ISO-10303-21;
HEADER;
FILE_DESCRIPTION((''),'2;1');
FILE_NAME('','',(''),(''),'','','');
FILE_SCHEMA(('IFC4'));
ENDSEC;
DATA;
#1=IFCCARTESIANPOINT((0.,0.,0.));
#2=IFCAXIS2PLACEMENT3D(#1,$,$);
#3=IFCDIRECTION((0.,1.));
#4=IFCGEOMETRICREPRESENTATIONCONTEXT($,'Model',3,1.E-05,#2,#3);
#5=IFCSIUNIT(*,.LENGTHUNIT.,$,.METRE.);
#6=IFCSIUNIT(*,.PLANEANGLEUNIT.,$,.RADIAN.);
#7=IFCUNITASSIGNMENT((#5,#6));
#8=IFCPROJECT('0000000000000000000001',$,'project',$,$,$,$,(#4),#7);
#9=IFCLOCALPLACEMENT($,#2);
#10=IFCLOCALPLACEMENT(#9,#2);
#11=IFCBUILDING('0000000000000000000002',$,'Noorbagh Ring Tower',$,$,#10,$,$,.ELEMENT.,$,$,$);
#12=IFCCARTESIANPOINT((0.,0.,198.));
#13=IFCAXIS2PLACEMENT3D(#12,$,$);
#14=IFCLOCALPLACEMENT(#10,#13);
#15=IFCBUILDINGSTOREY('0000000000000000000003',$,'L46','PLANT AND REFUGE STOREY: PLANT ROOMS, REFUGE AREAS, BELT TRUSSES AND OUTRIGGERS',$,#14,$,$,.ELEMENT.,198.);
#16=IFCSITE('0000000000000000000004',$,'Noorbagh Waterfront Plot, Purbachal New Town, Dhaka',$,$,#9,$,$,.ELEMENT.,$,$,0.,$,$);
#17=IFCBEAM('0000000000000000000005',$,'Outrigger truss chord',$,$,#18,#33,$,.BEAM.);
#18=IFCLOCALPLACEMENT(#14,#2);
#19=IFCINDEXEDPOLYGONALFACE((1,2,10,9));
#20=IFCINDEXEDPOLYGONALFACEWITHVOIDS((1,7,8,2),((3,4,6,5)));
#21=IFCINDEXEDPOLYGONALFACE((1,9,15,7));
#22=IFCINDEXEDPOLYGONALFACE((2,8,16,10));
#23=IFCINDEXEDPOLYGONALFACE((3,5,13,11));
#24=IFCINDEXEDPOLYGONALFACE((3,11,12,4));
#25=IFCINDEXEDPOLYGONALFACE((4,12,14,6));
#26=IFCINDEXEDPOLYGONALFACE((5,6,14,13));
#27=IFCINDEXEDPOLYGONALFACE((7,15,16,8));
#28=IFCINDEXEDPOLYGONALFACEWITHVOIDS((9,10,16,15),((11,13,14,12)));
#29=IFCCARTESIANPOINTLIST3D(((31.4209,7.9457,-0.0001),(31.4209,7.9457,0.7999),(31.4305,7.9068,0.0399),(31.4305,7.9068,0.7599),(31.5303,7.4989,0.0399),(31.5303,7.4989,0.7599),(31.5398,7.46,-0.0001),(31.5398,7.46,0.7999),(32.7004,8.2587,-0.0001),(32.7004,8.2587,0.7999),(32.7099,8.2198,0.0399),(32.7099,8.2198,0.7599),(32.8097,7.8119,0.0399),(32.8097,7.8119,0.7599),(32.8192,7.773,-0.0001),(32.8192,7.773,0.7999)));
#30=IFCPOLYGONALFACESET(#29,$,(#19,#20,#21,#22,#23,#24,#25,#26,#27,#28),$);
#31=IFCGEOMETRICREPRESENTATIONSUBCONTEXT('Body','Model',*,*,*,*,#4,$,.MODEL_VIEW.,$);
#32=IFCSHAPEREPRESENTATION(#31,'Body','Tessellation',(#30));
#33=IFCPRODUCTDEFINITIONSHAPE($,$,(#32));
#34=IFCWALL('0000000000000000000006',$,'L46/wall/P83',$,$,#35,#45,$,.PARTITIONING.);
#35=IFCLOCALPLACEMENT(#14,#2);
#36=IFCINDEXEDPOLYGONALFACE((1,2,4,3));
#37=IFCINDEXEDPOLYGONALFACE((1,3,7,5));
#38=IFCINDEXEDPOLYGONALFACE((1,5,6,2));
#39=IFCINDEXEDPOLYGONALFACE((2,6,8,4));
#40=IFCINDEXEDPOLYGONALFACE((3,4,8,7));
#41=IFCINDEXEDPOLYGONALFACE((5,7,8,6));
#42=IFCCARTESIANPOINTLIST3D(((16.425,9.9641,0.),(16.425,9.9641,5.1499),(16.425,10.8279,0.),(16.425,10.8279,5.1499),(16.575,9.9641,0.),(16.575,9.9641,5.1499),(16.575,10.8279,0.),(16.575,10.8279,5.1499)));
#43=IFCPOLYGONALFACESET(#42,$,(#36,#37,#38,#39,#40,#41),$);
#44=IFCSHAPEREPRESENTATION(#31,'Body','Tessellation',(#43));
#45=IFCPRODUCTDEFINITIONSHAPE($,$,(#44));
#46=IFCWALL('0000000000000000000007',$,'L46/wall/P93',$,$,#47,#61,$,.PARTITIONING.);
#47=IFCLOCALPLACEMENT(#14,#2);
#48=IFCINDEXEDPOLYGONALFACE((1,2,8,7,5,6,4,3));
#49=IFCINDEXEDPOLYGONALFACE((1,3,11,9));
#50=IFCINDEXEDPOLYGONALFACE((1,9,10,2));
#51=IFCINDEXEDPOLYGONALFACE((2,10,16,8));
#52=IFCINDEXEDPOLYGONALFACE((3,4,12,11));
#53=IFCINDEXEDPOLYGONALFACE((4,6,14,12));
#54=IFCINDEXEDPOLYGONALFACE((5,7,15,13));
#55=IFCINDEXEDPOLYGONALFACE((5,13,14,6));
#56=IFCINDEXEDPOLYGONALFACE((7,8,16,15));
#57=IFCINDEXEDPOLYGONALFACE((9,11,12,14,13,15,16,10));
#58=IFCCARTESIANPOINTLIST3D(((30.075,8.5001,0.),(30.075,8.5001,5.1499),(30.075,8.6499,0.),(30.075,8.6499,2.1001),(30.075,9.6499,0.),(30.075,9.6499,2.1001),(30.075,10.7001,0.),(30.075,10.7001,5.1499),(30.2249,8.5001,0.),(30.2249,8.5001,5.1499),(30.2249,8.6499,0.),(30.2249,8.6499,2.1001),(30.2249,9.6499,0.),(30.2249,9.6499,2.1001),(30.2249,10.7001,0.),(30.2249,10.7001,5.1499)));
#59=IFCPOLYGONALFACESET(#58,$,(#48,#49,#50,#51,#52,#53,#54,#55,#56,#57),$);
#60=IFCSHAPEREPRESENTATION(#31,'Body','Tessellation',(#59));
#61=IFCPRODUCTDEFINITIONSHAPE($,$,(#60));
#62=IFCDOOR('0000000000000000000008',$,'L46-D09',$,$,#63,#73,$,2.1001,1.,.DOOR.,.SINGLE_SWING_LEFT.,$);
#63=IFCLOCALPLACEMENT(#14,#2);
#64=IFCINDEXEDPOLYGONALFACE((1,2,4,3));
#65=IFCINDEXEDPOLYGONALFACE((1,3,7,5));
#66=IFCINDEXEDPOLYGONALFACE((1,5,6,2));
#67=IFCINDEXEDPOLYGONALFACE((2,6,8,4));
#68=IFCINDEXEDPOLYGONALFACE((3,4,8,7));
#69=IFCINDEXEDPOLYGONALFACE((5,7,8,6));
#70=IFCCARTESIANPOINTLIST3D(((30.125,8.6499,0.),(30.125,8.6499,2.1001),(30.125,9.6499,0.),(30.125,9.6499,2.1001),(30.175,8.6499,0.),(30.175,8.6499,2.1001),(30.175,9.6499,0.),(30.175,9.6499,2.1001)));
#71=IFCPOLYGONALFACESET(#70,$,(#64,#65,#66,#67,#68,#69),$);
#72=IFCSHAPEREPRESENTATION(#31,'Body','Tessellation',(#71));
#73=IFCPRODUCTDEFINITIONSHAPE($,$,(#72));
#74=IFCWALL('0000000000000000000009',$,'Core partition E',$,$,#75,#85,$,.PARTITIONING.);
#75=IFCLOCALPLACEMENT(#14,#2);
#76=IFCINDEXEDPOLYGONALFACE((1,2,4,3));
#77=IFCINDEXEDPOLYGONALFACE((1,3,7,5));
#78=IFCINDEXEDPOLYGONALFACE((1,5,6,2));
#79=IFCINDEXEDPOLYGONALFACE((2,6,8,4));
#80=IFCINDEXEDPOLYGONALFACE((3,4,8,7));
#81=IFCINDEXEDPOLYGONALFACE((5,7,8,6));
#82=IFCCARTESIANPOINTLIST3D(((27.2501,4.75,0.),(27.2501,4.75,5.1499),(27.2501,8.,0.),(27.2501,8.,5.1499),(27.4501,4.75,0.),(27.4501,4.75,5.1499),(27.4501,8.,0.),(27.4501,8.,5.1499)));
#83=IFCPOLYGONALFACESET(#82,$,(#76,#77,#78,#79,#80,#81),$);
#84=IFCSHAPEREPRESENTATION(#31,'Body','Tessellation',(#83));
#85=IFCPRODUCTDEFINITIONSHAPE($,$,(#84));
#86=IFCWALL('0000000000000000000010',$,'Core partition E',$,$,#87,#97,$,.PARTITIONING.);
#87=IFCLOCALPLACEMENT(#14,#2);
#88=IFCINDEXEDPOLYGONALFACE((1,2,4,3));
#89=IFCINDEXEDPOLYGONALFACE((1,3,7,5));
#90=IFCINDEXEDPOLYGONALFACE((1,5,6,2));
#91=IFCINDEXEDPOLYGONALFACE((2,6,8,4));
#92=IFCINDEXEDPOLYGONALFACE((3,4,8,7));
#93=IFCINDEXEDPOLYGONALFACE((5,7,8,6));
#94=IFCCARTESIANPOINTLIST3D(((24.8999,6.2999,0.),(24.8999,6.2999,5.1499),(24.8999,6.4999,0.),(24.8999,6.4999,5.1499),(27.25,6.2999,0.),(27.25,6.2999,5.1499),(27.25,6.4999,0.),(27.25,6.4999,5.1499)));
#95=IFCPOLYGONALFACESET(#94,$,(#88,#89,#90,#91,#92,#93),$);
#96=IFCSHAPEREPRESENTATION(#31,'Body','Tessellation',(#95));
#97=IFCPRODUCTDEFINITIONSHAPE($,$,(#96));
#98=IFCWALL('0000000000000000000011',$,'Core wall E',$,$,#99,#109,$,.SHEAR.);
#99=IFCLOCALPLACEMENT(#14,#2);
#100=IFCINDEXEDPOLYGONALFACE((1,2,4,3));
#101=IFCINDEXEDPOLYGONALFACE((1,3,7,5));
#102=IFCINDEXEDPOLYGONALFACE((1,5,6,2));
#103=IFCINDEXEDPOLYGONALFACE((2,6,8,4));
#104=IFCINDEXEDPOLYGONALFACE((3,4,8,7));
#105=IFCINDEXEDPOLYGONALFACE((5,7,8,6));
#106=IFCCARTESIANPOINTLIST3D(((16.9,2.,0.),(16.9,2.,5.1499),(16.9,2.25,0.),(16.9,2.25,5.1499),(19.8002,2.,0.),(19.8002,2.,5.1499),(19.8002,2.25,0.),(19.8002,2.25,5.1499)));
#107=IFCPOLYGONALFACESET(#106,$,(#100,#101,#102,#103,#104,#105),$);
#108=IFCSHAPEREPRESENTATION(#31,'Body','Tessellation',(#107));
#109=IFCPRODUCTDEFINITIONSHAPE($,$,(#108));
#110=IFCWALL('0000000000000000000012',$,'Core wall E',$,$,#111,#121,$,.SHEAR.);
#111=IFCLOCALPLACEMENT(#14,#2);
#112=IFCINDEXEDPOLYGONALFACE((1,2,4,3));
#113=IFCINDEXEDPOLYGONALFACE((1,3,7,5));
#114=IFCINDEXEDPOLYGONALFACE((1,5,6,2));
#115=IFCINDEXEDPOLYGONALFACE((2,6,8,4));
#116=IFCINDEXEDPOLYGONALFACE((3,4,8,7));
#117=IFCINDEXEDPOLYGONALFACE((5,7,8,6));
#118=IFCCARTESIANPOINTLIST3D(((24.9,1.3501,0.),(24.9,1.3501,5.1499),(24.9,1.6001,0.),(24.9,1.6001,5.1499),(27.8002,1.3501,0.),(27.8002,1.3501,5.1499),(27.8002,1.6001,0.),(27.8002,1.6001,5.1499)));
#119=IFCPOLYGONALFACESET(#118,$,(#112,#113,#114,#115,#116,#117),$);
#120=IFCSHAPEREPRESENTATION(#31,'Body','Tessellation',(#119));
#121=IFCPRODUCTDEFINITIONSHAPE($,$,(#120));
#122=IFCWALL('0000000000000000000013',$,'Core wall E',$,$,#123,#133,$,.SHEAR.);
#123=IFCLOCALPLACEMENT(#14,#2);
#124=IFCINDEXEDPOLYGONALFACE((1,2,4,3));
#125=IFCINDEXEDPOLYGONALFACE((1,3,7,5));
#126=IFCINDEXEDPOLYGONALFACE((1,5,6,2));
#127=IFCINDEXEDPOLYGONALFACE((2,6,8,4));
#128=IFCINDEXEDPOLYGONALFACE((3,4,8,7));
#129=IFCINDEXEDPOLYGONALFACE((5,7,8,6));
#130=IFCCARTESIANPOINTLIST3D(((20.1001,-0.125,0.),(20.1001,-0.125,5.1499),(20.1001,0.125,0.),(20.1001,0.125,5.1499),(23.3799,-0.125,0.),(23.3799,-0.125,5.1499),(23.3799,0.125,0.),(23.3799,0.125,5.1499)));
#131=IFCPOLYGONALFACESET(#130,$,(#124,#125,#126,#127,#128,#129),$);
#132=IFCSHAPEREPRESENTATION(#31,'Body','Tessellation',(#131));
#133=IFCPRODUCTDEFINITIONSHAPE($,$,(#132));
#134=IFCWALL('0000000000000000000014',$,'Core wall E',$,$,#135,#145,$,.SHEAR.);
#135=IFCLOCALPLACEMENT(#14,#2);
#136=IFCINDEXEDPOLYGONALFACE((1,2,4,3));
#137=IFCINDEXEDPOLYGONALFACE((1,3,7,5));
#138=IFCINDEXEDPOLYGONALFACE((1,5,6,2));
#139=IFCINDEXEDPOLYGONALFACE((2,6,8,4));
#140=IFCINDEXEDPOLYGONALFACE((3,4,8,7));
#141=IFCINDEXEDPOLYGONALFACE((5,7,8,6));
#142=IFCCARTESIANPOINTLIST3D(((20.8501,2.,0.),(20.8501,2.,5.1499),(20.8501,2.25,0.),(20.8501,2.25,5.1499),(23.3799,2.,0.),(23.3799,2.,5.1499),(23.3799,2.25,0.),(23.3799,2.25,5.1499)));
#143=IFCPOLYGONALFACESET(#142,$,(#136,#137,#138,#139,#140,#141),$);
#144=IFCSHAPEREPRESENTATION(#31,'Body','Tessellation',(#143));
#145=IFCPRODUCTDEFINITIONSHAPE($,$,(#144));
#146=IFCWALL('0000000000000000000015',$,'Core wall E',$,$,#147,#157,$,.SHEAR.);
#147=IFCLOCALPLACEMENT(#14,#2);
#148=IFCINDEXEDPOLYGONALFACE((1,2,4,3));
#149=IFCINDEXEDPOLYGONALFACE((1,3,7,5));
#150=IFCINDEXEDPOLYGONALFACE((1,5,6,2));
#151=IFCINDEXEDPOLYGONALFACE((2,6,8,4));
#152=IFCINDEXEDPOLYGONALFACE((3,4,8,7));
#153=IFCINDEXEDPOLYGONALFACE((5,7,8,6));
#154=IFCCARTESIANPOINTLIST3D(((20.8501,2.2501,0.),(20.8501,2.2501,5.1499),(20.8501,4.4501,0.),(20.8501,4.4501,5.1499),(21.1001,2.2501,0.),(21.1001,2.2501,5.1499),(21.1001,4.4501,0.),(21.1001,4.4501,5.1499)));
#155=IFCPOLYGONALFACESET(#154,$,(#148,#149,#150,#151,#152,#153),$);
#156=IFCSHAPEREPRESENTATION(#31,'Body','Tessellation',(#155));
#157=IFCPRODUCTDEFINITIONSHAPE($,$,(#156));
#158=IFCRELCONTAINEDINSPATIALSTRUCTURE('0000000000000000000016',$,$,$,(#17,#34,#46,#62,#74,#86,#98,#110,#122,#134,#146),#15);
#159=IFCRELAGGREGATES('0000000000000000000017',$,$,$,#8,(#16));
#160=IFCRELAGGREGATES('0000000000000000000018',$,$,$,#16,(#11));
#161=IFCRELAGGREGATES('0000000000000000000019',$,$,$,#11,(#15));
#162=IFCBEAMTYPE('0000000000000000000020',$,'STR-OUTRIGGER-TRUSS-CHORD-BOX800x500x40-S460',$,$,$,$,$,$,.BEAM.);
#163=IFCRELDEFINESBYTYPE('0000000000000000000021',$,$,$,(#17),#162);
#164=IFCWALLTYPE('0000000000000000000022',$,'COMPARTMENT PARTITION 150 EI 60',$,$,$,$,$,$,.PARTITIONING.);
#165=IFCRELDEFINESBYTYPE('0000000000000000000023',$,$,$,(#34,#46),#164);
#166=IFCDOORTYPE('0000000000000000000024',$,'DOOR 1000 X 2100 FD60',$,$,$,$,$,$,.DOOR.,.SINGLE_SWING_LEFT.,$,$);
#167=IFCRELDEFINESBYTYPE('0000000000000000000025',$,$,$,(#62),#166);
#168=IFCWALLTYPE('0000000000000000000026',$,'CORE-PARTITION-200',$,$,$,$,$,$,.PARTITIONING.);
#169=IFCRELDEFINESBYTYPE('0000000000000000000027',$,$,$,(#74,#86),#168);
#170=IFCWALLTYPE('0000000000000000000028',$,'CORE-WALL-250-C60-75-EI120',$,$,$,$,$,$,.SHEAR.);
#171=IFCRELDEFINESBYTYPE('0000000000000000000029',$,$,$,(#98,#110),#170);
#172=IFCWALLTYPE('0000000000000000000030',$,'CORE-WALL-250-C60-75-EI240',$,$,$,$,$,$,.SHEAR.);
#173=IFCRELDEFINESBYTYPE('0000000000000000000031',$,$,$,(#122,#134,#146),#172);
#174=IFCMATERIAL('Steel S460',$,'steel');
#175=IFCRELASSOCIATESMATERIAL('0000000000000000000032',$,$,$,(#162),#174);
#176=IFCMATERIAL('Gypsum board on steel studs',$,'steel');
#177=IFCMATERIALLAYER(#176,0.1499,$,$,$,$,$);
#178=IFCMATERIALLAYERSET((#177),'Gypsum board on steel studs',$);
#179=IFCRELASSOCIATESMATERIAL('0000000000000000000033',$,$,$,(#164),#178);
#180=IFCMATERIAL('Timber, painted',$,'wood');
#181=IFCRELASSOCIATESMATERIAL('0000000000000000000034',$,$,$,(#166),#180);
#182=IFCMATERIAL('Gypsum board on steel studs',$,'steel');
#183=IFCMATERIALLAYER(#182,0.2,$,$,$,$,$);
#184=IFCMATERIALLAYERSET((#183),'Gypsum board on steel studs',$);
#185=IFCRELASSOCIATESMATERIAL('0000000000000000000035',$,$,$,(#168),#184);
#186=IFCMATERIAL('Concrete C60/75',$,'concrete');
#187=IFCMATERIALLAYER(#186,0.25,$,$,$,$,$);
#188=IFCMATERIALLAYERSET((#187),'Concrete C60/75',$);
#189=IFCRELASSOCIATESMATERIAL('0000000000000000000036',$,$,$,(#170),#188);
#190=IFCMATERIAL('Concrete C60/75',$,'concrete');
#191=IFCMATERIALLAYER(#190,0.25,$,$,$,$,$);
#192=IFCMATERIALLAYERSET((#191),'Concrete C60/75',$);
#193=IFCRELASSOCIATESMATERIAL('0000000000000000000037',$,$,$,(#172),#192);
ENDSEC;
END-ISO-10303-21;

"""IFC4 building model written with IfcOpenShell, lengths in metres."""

from ifc_helpers import new_model, si_unit, direction, frame, frame_2d, origin, origin_2d, place, context, subcontext, project, spatial, rectangle, hollow_rectangle, extrude, material, layer, layer_set, material_profile, profile_set, type_object, element, fill, save


model = new_model("IFC4")

# Units and contexts
model_context = context("Model", 3, precision=1e-05, world=origin(), true_north=direction((0.0, 1.0)))
body_context = subcontext(model_context, "Body", "Model", "MODEL_VIEW")
ifc_project = project(units=[si_unit("LENGTHUNIT", "METRE"), si_unit("PLANEANGLEUNIT", "RADIAN")], contexts=[model_context])

# Site, building, storey
site_placement = place(None, origin())
site = spatial("IfcSite", under=ifc_project, at=site_placement, Name="Noorbagh Waterfront Plot, Purbachal New Town, Dhaka", CompositionType="ELEMENT", RefElevation=0.0)
building_placement = place(site_placement, origin())
building = spatial("IfcBuilding", under=site, at=building_placement, Name="Noorbagh Ring Tower", CompositionType="ELEMENT")
storey_placement = place(building_placement, frame((0.0, 0.0, 198.0)))
storey = spatial("IfcBuildingStorey", under=building, at=storey_placement, Name="L46", Description="PLANT AND REFUGE STOREY: PLANT ROOMS, REFUGE AREAS, BELT TRUSSES AND OUTRIGGERS", CompositionType="ELEMENT", Elevation=198.0)

# Beam
ifc_material_1 = material(Name="Steel S460", Category="steel")
ifc_material_profile = material_profile(ifc_material_1, hollow_rectangle(XDim=0.5, YDim=0.8, WallThickness=0.04, at=origin_2d()), Name="BOX800x500x40")
ifc_profile_set = profile_set([ifc_material_profile], Name="Steel S460")
beam_type = type_object("IfcBeamType", Name="STR-OUTRIGGER-TRUSS-CHORD-BOX800x500x40-S460", PredefinedType="BEAM", material=ifc_profile_set)
beam_placement = place(storey_placement, frame((32.7598, 8.0159, 0.3999), z_axis=(-0.971351, -0.237647, 0.0), x_axis=(0.237647, -0.971351, 0.0)))
element("IfcBeam", 1, at=beam_placement, inside=storey, type_object=beam_type, Name="Outrigger truss chord", PredefinedType="BEAM", context=body_context, shape_type="SweptSolid", body=[
    extrude(hollow_rectangle(XDim=0.5, YDim=0.8, WallThickness=0.04, at=origin_2d()), origin(), (0.0, 0.0, 1.0), 1.3171),
])

# Wall
ifc_material_2 = material(Name="Gypsum board on steel studs", Category="steel")
ifc_layer_1 = layer(ifc_material_2, 0.1499)
ifc_layer_set_1 = layer_set([ifc_layer_1], Name="Gypsum board on steel studs")
wall_type_1 = type_object("IfcWallType", Name="COMPARTMENT PARTITION 150 EI 60", PredefinedType="PARTITIONING", material=ifc_layer_set_1)
wall_1_placement = place(storey_placement, frame((16.5, 9.9641, 0.0), z_axis=(0.0, 0.0, 1.0), x_axis=(0.0, 1.0, 0.0)))
element("IfcWall", 2, at=wall_1_placement, inside=storey, type_object=wall_type_1, Name="L46/wall/P83", PredefinedType="PARTITIONING", context=body_context, shape_type="SweptSolid", body=[
    extrude(rectangle(XDim=0.8638, YDim=0.1499, at=frame_2d((0.4319, 0.0))), origin(), (0.0, 0.0, 1.0), 5.1499),
])

# Wall, opening, door
wall_2_placement = place(storey_placement, frame((30.1499, 8.5, 0.0), z_axis=(0.0, 0.0, 1.0), x_axis=(0.0, 1.0, 0.0)))
wall_2 = element("IfcWall", 3, at=wall_2_placement, inside=storey, type_object=wall_type_1, Name="L46/wall/P93", PredefinedType="PARTITIONING", context=body_context, shape_type="SweptSolid", body=[
    extrude(rectangle(XDim=2.2, YDim=0.1499, at=frame_2d((1.1001, 0.0))), origin(), (0.0, 0.0, 1.0), 5.1499),
])
opening_1_placement = place(wall_2_placement, frame((0.1499, 0.0, 0.0)))
opening_1 = element("IfcOpeningElement", 4, at=opening_1_placement, cuts=wall_2, PredefinedType="OPENING", context=body_context, shape_type="SweptSolid", body=[
    extrude(rectangle(XDim=1.0, YDim=2.1001, at=frame_2d((0.5, 1.05))), frame((0.0, 0.085, 0.0), z_axis=(0.0, -1.0, 0.0), x_axis=(1.0, 0.0, 0.0)), (0.0, 0.0, 1.0), 0.1699),
])
ifc_material_3 = material(Name="Timber, painted", Category="wood")
door_type_1 = type_object("IfcDoorType", Name="DOOR 1000 X 2100 FD60", OperationType="SINGLE_SWING_LEFT", PredefinedType="DOOR", material=ifc_material_3)
door_1_placement = place(opening_1_placement, origin())
door_1 = element("IfcDoor", 5, at=door_1_placement, inside=storey, type_object=door_type_1, Name="L46-D09", OperationType="SINGLE_SWING_LEFT", OverallHeight=2.1001, OverallWidth=1.0, PredefinedType="DOOR", context=body_context, shape_type="SweptSolid", body=[
    extrude(rectangle(XDim=1.0, YDim=2.1001, at=frame_2d((0.5, 1.05))), frame((0.0, 0.0249, 0.0), z_axis=(0.0, -1.0, 0.0), x_axis=(1.0, 0.0, 0.0)), (0.0, 0.0, 1.0), 0.05),
])
fill(opening_1, door_1)

# Walls
ifc_material_4 = material(Name="Gypsum board on steel studs", Category="steel")
ifc_layer_2 = layer(ifc_material_4, 0.2)
ifc_layer_set_2 = layer_set([ifc_layer_2], Name="Gypsum board on steel studs")
wall_type_2 = type_object("IfcWallType", Name="CORE-PARTITION-200", PredefinedType="PARTITIONING", material=ifc_layer_set_2)
wall_3_placement = place(storey_placement, frame((27.3501, 4.75, 0.0), z_axis=(0.0, 0.0, 1.0), x_axis=(0.0, 1.0, 0.0)))
element("IfcWall", 6, at=wall_3_placement, inside=storey, type_object=wall_type_2, Name="Core partition E", PredefinedType="PARTITIONING", context=body_context, shape_type="SweptSolid", body=[
    extrude(rectangle(XDim=3.25, YDim=0.2, at=frame_2d((1.625, 0.0))), origin(), (0.0, 0.0, 1.0), 5.1499),
])
wall_4_placement = place(storey_placement, frame((24.8999, 6.3999, 0.0), z_axis=(0.0, 0.0, 1.0), x_axis=(1.0, 0.0, 0.0)))
element("IfcWall", 7, at=wall_4_placement, inside=storey, type_object=wall_type_2, Name="Core partition E", PredefinedType="PARTITIONING", context=body_context, shape_type="SweptSolid", body=[
    extrude(rectangle(XDim=2.3501, YDim=0.2, at=frame_2d((1.175, 0.0))), origin(), (0.0, 0.0, 1.0), 5.1499),
])
ifc_material_5 = material(Name="Concrete C60/75", Category="concrete")
ifc_layer_3 = layer(ifc_material_5, 0.25)
ifc_layer_set_3 = layer_set([ifc_layer_3], Name="Concrete C60/75")
wall_type_3 = type_object("IfcWallType", Name="CORE-WALL-250-C60-75-EI120", PredefinedType="SHEAR", material=ifc_layer_set_3)
for number, where, z_axis, x_axis, name in (
    (8, (16.8999, 2.125, 0.0), (0.0, 0.0, 1.0), (1.0, 0.0, 0.0), "Core wall E"),
    (9, (24.8999, 1.4751, 0.0), (0.0, 0.0, 1.0), (1.0, 0.0, 0.0), "Core wall E"),
):
    element("IfcWall", number, at=place(storey_placement, frame(where, z_axis=z_axis, x_axis=x_axis)), inside=storey, type_object=wall_type_3, Name=name, PredefinedType="SHEAR", context=body_context, shape_type="SweptSolid", body=[
        extrude(rectangle(XDim=2.9001, YDim=0.25, at=frame_2d((1.4502, 0.0))), origin(), (0.0, 0.0, 1.0), 5.1499),
    ])
ifc_material_6 = material(Name="Concrete C60/75", Category="concrete")
ifc_layer_4 = layer(ifc_material_6, 0.25)
ifc_layer_set_4 = layer_set([ifc_layer_4], Name="Concrete C60/75")
wall_type_4 = type_object("IfcWallType", Name="CORE-WALL-250-C60-75-EI240", PredefinedType="SHEAR", material=ifc_layer_set_4)
wall_5_placement = place(storey_placement, frame((20.1001, 0.0, 0.0), z_axis=(0.0, 0.0, 1.0), x_axis=(1.0, 0.0, 0.0)))
element("IfcWall", 10, at=wall_5_placement, inside=storey, type_object=wall_type_4, Name="Core wall E", PredefinedType="SHEAR", context=body_context, shape_type="SweptSolid", body=[
    extrude(rectangle(XDim=3.2798, YDim=0.25, at=frame_2d((1.6399, 0.0))), origin(), (0.0, 0.0, 1.0), 5.1499),
])
wall_6_placement = place(storey_placement, frame((20.8501, 2.125, 0.0), z_axis=(0.0, 0.0, 1.0), x_axis=(1.0, 0.0, 0.0)))
element("IfcWall", 11, at=wall_6_placement, inside=storey, type_object=wall_type_4, Name="Core wall E", PredefinedType="SHEAR", context=body_context, shape_type="SweptSolid", body=[
    extrude(rectangle(XDim=2.5298, YDim=0.25, at=frame_2d((1.2649, 0.0))), origin(), (0.0, 0.0, 1.0), 5.1499),
])
wall_7_placement = place(storey_placement, frame((20.9751, 2.25, 0.0), z_axis=(0.0, 0.0, 1.0), x_axis=(0.0, 1.0, 0.0)))
element("IfcWall", 12, at=wall_7_placement, inside=storey, type_object=wall_type_4, Name="Core wall E", PredefinedType="SHEAR", context=body_context, shape_type="SweptSolid", body=[
    extrude(rectangle(XDim=2.2, YDim=0.25, at=frame_2d((1.1001, 0.0))), origin(), (0.0, 0.0, 1.0), 5.1499),
])

save(model, "model.ifc")
